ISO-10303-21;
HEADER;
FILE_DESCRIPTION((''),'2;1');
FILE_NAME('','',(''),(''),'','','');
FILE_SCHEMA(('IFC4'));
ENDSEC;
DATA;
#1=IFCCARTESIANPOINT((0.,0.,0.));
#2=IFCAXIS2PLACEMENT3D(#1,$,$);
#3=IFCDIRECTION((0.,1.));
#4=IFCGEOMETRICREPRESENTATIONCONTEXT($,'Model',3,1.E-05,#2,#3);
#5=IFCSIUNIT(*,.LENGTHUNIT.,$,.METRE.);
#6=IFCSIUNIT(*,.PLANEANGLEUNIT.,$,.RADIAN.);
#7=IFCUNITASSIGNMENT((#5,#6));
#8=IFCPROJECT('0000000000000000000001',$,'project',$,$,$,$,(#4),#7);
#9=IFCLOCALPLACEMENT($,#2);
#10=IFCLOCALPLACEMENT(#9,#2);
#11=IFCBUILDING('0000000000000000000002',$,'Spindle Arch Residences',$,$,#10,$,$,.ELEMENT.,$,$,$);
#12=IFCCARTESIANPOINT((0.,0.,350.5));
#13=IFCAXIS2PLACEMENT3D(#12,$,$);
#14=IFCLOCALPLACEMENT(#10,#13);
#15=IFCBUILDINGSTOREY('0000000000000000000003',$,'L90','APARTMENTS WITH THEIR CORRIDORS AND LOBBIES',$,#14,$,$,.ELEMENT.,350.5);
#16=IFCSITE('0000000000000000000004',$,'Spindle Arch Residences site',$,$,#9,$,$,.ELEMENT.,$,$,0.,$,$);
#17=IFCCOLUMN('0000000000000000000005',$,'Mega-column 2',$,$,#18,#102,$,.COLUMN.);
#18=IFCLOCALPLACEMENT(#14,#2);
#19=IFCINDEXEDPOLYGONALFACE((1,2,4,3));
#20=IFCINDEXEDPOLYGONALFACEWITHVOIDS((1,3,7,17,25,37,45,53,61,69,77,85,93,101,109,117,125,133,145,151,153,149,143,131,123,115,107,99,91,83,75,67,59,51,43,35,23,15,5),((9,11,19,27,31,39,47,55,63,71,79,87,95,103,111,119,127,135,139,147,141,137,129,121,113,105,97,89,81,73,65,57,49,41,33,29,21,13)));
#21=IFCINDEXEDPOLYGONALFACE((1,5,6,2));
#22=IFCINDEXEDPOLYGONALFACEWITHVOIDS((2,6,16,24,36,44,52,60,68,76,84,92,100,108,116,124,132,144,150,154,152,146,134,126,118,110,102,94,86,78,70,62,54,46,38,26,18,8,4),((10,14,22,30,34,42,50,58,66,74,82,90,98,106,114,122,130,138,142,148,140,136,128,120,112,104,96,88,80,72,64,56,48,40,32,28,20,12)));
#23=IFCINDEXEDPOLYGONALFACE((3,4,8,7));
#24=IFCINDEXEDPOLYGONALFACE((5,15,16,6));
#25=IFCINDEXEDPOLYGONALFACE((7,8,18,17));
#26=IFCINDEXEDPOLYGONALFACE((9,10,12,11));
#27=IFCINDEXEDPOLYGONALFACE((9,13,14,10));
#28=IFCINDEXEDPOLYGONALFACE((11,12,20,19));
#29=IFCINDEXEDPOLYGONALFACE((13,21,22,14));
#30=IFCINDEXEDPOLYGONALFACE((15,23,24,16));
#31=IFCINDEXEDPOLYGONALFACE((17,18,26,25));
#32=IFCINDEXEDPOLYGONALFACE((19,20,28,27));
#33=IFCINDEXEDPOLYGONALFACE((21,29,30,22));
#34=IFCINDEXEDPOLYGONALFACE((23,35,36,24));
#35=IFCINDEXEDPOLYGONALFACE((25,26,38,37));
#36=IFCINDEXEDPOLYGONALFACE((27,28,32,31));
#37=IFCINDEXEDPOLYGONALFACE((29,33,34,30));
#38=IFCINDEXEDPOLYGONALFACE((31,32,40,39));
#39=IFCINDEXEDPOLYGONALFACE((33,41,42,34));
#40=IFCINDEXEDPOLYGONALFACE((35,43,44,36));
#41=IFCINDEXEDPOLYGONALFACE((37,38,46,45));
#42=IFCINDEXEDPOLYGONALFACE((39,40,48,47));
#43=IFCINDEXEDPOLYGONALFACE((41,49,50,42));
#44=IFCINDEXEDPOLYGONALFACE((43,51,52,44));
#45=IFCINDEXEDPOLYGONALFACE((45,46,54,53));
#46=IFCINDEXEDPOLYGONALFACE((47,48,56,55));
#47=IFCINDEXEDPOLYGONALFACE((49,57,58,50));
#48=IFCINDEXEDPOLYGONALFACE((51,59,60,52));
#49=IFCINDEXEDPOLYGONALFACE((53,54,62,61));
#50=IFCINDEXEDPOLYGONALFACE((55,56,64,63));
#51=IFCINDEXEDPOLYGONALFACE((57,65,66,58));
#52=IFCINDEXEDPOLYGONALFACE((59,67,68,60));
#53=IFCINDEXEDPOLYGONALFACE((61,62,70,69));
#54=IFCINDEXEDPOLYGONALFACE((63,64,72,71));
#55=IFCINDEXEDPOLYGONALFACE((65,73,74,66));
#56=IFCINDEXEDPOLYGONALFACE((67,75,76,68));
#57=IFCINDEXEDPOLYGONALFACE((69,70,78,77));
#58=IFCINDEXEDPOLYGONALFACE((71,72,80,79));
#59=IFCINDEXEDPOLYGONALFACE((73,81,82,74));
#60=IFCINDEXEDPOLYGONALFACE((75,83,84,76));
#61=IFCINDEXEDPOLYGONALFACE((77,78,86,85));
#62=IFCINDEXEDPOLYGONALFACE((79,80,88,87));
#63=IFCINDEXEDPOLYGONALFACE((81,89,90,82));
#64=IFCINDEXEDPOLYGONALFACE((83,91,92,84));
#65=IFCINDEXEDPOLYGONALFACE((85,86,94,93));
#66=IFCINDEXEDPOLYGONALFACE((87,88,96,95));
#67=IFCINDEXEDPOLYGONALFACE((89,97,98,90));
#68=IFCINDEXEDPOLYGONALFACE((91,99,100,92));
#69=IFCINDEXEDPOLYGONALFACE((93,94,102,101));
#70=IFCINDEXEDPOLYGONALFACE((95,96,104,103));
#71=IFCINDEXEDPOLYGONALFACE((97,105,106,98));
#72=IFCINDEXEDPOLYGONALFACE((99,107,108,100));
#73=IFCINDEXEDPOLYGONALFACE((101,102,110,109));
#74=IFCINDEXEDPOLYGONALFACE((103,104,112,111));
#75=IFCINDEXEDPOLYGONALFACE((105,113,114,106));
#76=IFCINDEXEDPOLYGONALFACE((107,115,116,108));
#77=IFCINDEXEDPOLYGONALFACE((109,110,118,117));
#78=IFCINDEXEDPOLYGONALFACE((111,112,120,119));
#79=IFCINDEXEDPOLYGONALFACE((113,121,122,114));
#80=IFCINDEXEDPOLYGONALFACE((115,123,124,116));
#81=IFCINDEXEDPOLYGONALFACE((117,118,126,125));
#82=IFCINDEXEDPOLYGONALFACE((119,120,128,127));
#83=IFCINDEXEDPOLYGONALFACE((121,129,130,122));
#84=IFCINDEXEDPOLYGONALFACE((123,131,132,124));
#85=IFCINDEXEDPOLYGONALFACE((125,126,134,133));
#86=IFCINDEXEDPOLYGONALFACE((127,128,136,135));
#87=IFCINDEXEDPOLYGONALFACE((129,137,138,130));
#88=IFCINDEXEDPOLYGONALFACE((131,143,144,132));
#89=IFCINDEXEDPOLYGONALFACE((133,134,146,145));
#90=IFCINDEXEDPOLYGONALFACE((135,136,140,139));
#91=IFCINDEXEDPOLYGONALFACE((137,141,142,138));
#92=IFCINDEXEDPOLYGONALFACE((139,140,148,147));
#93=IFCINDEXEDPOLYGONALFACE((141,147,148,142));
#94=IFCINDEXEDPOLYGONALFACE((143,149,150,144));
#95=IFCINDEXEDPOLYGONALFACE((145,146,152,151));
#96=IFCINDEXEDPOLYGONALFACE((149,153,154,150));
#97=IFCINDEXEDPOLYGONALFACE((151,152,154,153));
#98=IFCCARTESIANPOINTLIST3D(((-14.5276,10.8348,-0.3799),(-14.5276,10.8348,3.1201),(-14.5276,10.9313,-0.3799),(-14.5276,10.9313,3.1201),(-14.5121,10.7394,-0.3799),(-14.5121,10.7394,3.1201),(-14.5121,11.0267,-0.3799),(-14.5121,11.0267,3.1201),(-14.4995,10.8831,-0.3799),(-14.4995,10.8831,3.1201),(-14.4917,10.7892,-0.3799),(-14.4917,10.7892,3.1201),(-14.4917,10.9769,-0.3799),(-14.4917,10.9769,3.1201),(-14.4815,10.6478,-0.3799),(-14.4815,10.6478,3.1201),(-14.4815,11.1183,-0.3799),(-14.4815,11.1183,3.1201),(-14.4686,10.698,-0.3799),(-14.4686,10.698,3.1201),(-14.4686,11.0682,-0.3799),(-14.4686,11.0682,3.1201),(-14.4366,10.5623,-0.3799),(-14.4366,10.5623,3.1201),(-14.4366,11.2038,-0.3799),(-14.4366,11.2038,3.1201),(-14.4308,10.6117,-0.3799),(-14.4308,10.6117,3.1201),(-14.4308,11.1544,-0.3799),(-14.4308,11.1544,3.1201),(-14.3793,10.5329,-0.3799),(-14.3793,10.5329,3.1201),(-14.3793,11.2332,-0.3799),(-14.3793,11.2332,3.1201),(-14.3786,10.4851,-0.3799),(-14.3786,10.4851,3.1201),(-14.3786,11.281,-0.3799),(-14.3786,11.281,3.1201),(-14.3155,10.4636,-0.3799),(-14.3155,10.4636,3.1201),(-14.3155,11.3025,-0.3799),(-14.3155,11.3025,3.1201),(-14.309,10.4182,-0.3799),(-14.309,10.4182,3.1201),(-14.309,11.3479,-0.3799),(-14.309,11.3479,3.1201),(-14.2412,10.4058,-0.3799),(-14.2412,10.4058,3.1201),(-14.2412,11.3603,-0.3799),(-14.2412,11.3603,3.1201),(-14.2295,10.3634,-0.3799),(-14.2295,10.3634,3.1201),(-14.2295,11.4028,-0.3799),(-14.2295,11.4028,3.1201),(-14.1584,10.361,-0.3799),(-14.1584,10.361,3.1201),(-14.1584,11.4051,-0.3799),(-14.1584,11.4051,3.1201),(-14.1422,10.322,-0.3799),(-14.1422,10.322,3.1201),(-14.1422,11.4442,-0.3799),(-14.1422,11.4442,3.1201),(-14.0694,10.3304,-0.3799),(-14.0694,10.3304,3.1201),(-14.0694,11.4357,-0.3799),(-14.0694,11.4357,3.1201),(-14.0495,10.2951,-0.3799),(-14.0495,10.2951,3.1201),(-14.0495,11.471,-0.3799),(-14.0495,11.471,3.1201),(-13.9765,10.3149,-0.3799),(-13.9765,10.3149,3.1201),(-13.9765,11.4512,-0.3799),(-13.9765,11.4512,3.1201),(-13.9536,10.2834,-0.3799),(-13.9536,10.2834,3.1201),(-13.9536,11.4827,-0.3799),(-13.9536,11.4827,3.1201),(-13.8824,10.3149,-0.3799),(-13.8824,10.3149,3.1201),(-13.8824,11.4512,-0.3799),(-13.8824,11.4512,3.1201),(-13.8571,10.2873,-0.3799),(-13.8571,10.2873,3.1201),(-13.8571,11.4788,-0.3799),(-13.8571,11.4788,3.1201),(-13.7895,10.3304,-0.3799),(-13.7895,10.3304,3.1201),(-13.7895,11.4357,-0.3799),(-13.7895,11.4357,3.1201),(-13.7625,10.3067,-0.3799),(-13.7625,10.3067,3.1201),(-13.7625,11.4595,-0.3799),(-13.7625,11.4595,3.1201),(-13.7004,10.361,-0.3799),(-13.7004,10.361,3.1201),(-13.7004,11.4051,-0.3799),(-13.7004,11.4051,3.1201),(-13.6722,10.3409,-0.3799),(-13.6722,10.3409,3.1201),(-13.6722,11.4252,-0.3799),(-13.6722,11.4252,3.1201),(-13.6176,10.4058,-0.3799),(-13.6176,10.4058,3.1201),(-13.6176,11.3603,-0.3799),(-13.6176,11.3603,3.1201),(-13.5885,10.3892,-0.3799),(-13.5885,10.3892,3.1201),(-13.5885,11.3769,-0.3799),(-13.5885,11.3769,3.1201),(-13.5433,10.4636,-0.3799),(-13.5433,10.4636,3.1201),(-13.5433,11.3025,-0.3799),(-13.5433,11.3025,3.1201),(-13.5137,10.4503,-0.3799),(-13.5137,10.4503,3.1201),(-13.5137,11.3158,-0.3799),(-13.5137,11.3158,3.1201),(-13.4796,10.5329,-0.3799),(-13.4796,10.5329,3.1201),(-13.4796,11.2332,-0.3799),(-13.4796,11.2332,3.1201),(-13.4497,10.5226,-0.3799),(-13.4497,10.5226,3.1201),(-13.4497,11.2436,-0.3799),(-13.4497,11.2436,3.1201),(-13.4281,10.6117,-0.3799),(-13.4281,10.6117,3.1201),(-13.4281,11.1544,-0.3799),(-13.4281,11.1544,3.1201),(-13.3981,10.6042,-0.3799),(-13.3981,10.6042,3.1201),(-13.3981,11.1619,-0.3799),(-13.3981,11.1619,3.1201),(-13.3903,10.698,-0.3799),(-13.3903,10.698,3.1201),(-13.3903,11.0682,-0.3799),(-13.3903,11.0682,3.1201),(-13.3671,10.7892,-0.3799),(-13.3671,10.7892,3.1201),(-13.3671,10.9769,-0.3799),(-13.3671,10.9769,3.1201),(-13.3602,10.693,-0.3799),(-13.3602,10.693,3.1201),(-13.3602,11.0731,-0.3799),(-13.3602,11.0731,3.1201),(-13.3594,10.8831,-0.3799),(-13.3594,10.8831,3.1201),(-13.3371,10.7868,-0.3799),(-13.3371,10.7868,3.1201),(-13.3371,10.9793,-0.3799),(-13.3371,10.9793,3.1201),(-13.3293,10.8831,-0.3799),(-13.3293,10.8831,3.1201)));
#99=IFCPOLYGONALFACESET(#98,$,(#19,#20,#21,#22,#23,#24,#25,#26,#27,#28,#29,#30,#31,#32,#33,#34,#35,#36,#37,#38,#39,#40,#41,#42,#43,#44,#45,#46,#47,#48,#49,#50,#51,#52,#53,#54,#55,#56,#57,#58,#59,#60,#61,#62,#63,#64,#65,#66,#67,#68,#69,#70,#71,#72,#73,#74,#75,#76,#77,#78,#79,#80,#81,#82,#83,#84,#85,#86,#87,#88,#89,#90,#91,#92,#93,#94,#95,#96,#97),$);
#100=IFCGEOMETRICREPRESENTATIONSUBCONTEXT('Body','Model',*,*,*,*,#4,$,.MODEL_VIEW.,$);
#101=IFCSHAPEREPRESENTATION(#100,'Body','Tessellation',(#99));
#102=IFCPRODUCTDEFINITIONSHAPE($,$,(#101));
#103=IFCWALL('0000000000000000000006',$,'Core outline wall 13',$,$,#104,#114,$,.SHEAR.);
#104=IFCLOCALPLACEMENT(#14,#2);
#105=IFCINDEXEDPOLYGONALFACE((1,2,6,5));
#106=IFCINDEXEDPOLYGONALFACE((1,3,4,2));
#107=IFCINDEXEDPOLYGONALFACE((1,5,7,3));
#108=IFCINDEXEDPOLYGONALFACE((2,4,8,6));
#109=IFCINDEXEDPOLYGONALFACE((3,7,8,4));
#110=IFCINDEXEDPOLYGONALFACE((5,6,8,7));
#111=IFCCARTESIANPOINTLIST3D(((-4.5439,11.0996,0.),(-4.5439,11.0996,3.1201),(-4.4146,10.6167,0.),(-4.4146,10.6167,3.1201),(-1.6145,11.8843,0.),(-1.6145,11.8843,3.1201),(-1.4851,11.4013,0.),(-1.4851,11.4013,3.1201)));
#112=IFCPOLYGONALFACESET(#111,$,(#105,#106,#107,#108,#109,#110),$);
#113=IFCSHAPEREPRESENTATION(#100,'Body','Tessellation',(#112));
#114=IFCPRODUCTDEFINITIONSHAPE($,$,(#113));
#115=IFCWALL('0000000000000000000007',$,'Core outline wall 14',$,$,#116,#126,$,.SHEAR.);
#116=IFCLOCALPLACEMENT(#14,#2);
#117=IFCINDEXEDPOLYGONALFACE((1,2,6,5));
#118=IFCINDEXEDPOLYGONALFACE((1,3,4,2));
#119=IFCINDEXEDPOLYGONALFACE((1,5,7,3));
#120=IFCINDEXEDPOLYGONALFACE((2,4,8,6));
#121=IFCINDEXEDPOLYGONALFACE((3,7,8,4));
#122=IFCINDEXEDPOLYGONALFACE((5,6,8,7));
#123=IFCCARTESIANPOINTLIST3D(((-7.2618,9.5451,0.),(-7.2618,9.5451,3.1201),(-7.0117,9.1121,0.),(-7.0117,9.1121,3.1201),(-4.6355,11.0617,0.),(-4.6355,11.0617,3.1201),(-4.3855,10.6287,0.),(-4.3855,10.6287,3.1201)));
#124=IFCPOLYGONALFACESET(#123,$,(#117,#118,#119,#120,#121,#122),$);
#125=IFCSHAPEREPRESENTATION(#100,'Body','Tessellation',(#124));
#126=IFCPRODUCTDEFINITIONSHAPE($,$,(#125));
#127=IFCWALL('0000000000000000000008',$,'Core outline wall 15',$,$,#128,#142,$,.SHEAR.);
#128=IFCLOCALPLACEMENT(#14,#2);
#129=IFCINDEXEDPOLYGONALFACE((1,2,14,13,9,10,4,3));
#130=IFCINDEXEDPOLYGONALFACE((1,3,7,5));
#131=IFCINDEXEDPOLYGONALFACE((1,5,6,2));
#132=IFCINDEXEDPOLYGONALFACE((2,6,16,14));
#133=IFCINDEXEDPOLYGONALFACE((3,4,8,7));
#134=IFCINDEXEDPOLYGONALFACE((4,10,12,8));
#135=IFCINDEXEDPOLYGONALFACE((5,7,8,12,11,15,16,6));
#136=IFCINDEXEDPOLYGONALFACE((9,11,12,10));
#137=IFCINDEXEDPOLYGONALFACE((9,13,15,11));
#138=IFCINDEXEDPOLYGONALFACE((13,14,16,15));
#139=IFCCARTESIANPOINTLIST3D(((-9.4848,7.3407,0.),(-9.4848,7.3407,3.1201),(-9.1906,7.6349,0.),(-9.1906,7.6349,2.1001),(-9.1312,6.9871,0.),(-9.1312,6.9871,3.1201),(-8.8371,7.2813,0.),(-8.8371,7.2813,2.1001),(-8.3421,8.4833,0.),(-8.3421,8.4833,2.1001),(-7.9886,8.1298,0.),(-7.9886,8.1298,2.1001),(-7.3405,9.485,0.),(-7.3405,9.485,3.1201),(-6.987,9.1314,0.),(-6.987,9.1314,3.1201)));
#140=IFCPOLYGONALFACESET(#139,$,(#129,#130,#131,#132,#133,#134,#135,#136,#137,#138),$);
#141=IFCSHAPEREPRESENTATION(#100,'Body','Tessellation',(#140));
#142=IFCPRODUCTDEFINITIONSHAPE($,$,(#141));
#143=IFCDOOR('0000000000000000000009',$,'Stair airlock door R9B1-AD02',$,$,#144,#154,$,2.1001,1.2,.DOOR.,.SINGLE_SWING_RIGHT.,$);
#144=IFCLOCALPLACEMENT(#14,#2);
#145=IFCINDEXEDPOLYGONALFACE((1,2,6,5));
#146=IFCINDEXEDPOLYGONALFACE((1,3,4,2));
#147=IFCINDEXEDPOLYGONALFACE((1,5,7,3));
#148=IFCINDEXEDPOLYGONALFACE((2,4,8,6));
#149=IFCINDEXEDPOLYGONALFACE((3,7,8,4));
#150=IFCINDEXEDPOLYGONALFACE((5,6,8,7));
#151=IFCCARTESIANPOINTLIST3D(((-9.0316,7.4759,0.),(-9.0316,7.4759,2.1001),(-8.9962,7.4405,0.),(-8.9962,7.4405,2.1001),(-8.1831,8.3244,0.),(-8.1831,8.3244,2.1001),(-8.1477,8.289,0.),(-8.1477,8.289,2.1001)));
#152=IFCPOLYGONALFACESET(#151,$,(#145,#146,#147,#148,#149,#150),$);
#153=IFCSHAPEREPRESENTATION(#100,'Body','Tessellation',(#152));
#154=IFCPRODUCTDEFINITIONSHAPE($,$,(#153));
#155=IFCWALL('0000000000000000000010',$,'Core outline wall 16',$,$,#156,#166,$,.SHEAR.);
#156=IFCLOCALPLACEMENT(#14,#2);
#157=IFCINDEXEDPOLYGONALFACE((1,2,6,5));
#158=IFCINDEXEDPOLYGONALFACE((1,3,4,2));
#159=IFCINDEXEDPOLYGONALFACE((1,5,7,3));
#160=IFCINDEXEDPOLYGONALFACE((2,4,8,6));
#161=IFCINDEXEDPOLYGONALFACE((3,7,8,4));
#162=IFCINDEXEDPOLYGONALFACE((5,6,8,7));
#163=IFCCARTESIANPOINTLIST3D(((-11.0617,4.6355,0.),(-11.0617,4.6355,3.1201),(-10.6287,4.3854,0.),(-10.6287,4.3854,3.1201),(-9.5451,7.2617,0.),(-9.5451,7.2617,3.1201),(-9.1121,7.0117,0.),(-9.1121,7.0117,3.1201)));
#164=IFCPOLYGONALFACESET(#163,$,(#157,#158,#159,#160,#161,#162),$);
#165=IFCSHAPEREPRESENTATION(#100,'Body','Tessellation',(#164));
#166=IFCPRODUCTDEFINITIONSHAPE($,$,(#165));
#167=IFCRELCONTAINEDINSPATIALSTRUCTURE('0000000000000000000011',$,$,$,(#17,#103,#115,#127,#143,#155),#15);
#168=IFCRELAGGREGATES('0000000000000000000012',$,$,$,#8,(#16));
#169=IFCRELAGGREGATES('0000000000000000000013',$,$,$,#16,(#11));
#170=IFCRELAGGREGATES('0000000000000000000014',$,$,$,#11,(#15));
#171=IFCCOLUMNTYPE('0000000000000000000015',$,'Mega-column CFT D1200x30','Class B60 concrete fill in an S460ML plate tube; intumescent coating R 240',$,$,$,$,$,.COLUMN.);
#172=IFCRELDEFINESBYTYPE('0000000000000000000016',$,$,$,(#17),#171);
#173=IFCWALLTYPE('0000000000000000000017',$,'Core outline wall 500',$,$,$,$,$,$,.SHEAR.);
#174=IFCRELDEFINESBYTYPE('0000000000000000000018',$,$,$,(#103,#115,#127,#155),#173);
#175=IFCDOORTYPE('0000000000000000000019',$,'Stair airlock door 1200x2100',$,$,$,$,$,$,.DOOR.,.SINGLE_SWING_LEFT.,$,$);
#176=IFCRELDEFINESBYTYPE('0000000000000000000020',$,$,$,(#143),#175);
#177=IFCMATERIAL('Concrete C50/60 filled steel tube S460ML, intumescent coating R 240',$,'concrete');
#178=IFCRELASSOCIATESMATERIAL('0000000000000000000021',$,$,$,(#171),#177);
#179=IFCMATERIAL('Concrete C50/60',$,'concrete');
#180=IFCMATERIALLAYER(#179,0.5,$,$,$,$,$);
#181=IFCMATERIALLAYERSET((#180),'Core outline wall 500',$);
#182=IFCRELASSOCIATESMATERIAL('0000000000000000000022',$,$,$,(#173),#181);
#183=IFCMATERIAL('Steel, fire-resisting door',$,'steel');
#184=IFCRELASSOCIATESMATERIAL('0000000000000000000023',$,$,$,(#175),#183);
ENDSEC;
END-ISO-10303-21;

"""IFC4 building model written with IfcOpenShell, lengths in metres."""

from ifc_helpers import new_model, si_unit, direction, frame, frame_2d, origin, origin_2d, place, context, subcontext, project, spatial, rectangle, hollow_circle, extrude, material, layer, layer_set, material_profile, profile_set, type_object, element, fill, save


model = new_model("IFC4")

# Units and contexts
model_context = context("Model", 3, precision=1e-05, world=origin(), true_north=direction((0.0, 1.0)))
body_context = subcontext(model_context, "Body", "Model", "MODEL_VIEW")
ifc_project = project(units=[si_unit("LENGTHUNIT", "METRE"), si_unit("PLANEANGLEUNIT", "RADIAN")], contexts=[model_context])

# Site, building, storey
site_placement = place(None, origin())
site = spatial("IfcSite", under=ifc_project, at=site_placement, Name="Spindle Arch Residences site", CompositionType="ELEMENT", RefElevation=0.0)
building_placement = place(site_placement, origin())
building = spatial("IfcBuilding", under=site, at=building_placement, Name="Spindle Arch Residences", CompositionType="ELEMENT")
storey_placement = place(building_placement, frame((0.0, 0.0, 350.5)))
storey = spatial("IfcBuildingStorey", under=building, at=storey_placement, Name="L90", Description="APARTMENTS WITH THEIR CORRIDORS AND LOBBIES", CompositionType="ELEMENT", Elevation=350.5)

# Column
ifc_material_1 = material(Name="Concrete C50/60 filled steel tube S460ML, intumescent coating R 240", Category="concrete")
ifc_material_profile = material_profile(ifc_material_1, hollow_circle(Radius=0.6001, WallThickness=0.03, at=origin_2d()), Name="CFT D1200x30")
ifc_profile_set = profile_set([ifc_material_profile], Name="Concrete C50/60 filled steel tube S460ML, intumescent coating R 240")
column_type = type_object("IfcColumnType", Name="Mega-column CFT D1200x30", Description="Class B60 concrete fill in an S460ML plate tube; intumescent coating R 240", PredefinedType="COLUMN", material=ifc_profile_set)
column_placement = place(storey_placement, frame((-13.9294, 10.8831, -0.3799), z_axis=(0.0, 0.0, 1.0), x_axis=(1.0, 0.0, 0.0)))
element("IfcColumn", 1, at=column_placement, inside=storey, type_object=column_type, Name="Mega-column 2", PredefinedType="COLUMN", context=body_context, shape_type="SweptSolid", body=[
    extrude(hollow_circle(Radius=0.6001, WallThickness=0.03, at=origin_2d()), origin(), (0.0, 0.0, 1.0), 3.5),
])

# Walls
ifc_material_2 = material(Name="Concrete C50/60", Category="concrete")
ifc_layer_1 = layer(ifc_material_2, 0.5)
ifc_layer_set_1 = layer_set([ifc_layer_1], Name="Core outline wall 500")
wall_type_1 = type_object("IfcWallType", Name="Core outline wall 500", PredefinedType="SHEAR", material=ifc_layer_set_1)
for number, where, z_axis, x_axis, name in (
    (2, (-1.5498, 11.6428, 0.0), (0.0, 0.0, 1.0), (-0.965948, -0.258735, 0.0), "Core outline wall 13"),
    (3, (-4.5105, 10.8452, 0.0), (0.0, 0.0, 1.0), (-0.865975, -0.500087, 0.0), "Core outline wall 14"),
):
    element("IfcWall", number, at=place(storey_placement, frame(where, z_axis=z_axis, x_axis=x_axis)), inside=storey, type_object=wall_type_1, Name=name, PredefinedType="SHEAR", context=body_context, shape_type="SweptSolid", body=[
        extrude(rectangle(XDim=3.0327, YDim=0.5, at=frame_2d((1.5164, 0.0))), origin(), (0.0, 0.0, 1.0), 3.1201),
    ])

# Wall, opening, door
wall_1_placement = place(storey_placement, frame((-7.1638, 9.3081, 0.0), z_axis=(0.0, 0.0, 1.0), x_axis=(-0.707107, -0.707107, 0.0)))
wall_1 = element("IfcWall", 4, at=wall_1_placement, inside=storey, type_object=wall_type_1, Name="Core outline wall 15", PredefinedType="SHEAR", context=body_context, shape_type="SweptSolid", body=[
    extrude(rectangle(XDim=3.0325, YDim=0.5, at=frame_2d((1.5161, 0.0))), origin(), (0.0, 0.0, 1.0), 3.1201),
])
opening_1_placement = place(wall_1_placement, frame((1.4163, 0.0, 0.0)))
opening_1 = element("IfcOpeningElement", 5, at=opening_1_placement, cuts=wall_1, PredefinedType="OPENING", context=body_context, shape_type="SweptSolid", body=[
    extrude(rectangle(XDim=1.2, YDim=2.1001, at=frame_2d((0.6001, 1.05))), frame((0.0, 0.26, 0.0), z_axis=(0.0, -1.0, 0.0), x_axis=(1.0, 0.0, 0.0)), (0.0, 0.0, 1.0), 0.52),
])
ifc_material_3 = material(Name="Steel, fire-resisting door", Category="steel")
door_type_1 = type_object("IfcDoorType", Name="Stair airlock door 1200x2100", OperationType="SINGLE_SWING_LEFT", PredefinedType="DOOR", material=ifc_material_3)
door_1_placement = place(opening_1_placement, origin())
door_1 = element("IfcDoor", 6, at=door_1_placement, inside=storey, type_object=door_type_1, Name="Stair airlock door R9B1-AD02", OperationType="SINGLE_SWING_RIGHT", OverallHeight=2.1001, OverallWidth=1.2, PredefinedType="DOOR", context=body_context, shape_type="SweptSolid", body=[
    extrude(rectangle(XDim=1.2, YDim=2.1001, at=frame_2d((0.6001, 1.05))), frame((0.0, 0.0249, 0.0), z_axis=(0.0, -1.0, 0.0), x_axis=(1.0, 0.0, 0.0)), (0.0, 0.0, 1.0), 0.05),
])
fill(opening_1, door_1)

# Wall
wall_2_placement = place(storey_placement, frame((-9.3286, 7.1367, 0.0), z_axis=(0.0, 0.0, 1.0), x_axis=(-0.500087, -0.865975, 0.0)))
element("IfcWall", 7, at=wall_2_placement, inside=storey, type_object=wall_type_1, Name="Core outline wall 16", PredefinedType="SHEAR", context=body_context, shape_type="SweptSolid", body=[
    extrude(rectangle(XDim=3.0327, YDim=0.5, at=frame_2d((1.5164, 0.0))), origin(), (0.0, 0.0, 1.0), 3.1201),
])

save(model, "model.ifc")
